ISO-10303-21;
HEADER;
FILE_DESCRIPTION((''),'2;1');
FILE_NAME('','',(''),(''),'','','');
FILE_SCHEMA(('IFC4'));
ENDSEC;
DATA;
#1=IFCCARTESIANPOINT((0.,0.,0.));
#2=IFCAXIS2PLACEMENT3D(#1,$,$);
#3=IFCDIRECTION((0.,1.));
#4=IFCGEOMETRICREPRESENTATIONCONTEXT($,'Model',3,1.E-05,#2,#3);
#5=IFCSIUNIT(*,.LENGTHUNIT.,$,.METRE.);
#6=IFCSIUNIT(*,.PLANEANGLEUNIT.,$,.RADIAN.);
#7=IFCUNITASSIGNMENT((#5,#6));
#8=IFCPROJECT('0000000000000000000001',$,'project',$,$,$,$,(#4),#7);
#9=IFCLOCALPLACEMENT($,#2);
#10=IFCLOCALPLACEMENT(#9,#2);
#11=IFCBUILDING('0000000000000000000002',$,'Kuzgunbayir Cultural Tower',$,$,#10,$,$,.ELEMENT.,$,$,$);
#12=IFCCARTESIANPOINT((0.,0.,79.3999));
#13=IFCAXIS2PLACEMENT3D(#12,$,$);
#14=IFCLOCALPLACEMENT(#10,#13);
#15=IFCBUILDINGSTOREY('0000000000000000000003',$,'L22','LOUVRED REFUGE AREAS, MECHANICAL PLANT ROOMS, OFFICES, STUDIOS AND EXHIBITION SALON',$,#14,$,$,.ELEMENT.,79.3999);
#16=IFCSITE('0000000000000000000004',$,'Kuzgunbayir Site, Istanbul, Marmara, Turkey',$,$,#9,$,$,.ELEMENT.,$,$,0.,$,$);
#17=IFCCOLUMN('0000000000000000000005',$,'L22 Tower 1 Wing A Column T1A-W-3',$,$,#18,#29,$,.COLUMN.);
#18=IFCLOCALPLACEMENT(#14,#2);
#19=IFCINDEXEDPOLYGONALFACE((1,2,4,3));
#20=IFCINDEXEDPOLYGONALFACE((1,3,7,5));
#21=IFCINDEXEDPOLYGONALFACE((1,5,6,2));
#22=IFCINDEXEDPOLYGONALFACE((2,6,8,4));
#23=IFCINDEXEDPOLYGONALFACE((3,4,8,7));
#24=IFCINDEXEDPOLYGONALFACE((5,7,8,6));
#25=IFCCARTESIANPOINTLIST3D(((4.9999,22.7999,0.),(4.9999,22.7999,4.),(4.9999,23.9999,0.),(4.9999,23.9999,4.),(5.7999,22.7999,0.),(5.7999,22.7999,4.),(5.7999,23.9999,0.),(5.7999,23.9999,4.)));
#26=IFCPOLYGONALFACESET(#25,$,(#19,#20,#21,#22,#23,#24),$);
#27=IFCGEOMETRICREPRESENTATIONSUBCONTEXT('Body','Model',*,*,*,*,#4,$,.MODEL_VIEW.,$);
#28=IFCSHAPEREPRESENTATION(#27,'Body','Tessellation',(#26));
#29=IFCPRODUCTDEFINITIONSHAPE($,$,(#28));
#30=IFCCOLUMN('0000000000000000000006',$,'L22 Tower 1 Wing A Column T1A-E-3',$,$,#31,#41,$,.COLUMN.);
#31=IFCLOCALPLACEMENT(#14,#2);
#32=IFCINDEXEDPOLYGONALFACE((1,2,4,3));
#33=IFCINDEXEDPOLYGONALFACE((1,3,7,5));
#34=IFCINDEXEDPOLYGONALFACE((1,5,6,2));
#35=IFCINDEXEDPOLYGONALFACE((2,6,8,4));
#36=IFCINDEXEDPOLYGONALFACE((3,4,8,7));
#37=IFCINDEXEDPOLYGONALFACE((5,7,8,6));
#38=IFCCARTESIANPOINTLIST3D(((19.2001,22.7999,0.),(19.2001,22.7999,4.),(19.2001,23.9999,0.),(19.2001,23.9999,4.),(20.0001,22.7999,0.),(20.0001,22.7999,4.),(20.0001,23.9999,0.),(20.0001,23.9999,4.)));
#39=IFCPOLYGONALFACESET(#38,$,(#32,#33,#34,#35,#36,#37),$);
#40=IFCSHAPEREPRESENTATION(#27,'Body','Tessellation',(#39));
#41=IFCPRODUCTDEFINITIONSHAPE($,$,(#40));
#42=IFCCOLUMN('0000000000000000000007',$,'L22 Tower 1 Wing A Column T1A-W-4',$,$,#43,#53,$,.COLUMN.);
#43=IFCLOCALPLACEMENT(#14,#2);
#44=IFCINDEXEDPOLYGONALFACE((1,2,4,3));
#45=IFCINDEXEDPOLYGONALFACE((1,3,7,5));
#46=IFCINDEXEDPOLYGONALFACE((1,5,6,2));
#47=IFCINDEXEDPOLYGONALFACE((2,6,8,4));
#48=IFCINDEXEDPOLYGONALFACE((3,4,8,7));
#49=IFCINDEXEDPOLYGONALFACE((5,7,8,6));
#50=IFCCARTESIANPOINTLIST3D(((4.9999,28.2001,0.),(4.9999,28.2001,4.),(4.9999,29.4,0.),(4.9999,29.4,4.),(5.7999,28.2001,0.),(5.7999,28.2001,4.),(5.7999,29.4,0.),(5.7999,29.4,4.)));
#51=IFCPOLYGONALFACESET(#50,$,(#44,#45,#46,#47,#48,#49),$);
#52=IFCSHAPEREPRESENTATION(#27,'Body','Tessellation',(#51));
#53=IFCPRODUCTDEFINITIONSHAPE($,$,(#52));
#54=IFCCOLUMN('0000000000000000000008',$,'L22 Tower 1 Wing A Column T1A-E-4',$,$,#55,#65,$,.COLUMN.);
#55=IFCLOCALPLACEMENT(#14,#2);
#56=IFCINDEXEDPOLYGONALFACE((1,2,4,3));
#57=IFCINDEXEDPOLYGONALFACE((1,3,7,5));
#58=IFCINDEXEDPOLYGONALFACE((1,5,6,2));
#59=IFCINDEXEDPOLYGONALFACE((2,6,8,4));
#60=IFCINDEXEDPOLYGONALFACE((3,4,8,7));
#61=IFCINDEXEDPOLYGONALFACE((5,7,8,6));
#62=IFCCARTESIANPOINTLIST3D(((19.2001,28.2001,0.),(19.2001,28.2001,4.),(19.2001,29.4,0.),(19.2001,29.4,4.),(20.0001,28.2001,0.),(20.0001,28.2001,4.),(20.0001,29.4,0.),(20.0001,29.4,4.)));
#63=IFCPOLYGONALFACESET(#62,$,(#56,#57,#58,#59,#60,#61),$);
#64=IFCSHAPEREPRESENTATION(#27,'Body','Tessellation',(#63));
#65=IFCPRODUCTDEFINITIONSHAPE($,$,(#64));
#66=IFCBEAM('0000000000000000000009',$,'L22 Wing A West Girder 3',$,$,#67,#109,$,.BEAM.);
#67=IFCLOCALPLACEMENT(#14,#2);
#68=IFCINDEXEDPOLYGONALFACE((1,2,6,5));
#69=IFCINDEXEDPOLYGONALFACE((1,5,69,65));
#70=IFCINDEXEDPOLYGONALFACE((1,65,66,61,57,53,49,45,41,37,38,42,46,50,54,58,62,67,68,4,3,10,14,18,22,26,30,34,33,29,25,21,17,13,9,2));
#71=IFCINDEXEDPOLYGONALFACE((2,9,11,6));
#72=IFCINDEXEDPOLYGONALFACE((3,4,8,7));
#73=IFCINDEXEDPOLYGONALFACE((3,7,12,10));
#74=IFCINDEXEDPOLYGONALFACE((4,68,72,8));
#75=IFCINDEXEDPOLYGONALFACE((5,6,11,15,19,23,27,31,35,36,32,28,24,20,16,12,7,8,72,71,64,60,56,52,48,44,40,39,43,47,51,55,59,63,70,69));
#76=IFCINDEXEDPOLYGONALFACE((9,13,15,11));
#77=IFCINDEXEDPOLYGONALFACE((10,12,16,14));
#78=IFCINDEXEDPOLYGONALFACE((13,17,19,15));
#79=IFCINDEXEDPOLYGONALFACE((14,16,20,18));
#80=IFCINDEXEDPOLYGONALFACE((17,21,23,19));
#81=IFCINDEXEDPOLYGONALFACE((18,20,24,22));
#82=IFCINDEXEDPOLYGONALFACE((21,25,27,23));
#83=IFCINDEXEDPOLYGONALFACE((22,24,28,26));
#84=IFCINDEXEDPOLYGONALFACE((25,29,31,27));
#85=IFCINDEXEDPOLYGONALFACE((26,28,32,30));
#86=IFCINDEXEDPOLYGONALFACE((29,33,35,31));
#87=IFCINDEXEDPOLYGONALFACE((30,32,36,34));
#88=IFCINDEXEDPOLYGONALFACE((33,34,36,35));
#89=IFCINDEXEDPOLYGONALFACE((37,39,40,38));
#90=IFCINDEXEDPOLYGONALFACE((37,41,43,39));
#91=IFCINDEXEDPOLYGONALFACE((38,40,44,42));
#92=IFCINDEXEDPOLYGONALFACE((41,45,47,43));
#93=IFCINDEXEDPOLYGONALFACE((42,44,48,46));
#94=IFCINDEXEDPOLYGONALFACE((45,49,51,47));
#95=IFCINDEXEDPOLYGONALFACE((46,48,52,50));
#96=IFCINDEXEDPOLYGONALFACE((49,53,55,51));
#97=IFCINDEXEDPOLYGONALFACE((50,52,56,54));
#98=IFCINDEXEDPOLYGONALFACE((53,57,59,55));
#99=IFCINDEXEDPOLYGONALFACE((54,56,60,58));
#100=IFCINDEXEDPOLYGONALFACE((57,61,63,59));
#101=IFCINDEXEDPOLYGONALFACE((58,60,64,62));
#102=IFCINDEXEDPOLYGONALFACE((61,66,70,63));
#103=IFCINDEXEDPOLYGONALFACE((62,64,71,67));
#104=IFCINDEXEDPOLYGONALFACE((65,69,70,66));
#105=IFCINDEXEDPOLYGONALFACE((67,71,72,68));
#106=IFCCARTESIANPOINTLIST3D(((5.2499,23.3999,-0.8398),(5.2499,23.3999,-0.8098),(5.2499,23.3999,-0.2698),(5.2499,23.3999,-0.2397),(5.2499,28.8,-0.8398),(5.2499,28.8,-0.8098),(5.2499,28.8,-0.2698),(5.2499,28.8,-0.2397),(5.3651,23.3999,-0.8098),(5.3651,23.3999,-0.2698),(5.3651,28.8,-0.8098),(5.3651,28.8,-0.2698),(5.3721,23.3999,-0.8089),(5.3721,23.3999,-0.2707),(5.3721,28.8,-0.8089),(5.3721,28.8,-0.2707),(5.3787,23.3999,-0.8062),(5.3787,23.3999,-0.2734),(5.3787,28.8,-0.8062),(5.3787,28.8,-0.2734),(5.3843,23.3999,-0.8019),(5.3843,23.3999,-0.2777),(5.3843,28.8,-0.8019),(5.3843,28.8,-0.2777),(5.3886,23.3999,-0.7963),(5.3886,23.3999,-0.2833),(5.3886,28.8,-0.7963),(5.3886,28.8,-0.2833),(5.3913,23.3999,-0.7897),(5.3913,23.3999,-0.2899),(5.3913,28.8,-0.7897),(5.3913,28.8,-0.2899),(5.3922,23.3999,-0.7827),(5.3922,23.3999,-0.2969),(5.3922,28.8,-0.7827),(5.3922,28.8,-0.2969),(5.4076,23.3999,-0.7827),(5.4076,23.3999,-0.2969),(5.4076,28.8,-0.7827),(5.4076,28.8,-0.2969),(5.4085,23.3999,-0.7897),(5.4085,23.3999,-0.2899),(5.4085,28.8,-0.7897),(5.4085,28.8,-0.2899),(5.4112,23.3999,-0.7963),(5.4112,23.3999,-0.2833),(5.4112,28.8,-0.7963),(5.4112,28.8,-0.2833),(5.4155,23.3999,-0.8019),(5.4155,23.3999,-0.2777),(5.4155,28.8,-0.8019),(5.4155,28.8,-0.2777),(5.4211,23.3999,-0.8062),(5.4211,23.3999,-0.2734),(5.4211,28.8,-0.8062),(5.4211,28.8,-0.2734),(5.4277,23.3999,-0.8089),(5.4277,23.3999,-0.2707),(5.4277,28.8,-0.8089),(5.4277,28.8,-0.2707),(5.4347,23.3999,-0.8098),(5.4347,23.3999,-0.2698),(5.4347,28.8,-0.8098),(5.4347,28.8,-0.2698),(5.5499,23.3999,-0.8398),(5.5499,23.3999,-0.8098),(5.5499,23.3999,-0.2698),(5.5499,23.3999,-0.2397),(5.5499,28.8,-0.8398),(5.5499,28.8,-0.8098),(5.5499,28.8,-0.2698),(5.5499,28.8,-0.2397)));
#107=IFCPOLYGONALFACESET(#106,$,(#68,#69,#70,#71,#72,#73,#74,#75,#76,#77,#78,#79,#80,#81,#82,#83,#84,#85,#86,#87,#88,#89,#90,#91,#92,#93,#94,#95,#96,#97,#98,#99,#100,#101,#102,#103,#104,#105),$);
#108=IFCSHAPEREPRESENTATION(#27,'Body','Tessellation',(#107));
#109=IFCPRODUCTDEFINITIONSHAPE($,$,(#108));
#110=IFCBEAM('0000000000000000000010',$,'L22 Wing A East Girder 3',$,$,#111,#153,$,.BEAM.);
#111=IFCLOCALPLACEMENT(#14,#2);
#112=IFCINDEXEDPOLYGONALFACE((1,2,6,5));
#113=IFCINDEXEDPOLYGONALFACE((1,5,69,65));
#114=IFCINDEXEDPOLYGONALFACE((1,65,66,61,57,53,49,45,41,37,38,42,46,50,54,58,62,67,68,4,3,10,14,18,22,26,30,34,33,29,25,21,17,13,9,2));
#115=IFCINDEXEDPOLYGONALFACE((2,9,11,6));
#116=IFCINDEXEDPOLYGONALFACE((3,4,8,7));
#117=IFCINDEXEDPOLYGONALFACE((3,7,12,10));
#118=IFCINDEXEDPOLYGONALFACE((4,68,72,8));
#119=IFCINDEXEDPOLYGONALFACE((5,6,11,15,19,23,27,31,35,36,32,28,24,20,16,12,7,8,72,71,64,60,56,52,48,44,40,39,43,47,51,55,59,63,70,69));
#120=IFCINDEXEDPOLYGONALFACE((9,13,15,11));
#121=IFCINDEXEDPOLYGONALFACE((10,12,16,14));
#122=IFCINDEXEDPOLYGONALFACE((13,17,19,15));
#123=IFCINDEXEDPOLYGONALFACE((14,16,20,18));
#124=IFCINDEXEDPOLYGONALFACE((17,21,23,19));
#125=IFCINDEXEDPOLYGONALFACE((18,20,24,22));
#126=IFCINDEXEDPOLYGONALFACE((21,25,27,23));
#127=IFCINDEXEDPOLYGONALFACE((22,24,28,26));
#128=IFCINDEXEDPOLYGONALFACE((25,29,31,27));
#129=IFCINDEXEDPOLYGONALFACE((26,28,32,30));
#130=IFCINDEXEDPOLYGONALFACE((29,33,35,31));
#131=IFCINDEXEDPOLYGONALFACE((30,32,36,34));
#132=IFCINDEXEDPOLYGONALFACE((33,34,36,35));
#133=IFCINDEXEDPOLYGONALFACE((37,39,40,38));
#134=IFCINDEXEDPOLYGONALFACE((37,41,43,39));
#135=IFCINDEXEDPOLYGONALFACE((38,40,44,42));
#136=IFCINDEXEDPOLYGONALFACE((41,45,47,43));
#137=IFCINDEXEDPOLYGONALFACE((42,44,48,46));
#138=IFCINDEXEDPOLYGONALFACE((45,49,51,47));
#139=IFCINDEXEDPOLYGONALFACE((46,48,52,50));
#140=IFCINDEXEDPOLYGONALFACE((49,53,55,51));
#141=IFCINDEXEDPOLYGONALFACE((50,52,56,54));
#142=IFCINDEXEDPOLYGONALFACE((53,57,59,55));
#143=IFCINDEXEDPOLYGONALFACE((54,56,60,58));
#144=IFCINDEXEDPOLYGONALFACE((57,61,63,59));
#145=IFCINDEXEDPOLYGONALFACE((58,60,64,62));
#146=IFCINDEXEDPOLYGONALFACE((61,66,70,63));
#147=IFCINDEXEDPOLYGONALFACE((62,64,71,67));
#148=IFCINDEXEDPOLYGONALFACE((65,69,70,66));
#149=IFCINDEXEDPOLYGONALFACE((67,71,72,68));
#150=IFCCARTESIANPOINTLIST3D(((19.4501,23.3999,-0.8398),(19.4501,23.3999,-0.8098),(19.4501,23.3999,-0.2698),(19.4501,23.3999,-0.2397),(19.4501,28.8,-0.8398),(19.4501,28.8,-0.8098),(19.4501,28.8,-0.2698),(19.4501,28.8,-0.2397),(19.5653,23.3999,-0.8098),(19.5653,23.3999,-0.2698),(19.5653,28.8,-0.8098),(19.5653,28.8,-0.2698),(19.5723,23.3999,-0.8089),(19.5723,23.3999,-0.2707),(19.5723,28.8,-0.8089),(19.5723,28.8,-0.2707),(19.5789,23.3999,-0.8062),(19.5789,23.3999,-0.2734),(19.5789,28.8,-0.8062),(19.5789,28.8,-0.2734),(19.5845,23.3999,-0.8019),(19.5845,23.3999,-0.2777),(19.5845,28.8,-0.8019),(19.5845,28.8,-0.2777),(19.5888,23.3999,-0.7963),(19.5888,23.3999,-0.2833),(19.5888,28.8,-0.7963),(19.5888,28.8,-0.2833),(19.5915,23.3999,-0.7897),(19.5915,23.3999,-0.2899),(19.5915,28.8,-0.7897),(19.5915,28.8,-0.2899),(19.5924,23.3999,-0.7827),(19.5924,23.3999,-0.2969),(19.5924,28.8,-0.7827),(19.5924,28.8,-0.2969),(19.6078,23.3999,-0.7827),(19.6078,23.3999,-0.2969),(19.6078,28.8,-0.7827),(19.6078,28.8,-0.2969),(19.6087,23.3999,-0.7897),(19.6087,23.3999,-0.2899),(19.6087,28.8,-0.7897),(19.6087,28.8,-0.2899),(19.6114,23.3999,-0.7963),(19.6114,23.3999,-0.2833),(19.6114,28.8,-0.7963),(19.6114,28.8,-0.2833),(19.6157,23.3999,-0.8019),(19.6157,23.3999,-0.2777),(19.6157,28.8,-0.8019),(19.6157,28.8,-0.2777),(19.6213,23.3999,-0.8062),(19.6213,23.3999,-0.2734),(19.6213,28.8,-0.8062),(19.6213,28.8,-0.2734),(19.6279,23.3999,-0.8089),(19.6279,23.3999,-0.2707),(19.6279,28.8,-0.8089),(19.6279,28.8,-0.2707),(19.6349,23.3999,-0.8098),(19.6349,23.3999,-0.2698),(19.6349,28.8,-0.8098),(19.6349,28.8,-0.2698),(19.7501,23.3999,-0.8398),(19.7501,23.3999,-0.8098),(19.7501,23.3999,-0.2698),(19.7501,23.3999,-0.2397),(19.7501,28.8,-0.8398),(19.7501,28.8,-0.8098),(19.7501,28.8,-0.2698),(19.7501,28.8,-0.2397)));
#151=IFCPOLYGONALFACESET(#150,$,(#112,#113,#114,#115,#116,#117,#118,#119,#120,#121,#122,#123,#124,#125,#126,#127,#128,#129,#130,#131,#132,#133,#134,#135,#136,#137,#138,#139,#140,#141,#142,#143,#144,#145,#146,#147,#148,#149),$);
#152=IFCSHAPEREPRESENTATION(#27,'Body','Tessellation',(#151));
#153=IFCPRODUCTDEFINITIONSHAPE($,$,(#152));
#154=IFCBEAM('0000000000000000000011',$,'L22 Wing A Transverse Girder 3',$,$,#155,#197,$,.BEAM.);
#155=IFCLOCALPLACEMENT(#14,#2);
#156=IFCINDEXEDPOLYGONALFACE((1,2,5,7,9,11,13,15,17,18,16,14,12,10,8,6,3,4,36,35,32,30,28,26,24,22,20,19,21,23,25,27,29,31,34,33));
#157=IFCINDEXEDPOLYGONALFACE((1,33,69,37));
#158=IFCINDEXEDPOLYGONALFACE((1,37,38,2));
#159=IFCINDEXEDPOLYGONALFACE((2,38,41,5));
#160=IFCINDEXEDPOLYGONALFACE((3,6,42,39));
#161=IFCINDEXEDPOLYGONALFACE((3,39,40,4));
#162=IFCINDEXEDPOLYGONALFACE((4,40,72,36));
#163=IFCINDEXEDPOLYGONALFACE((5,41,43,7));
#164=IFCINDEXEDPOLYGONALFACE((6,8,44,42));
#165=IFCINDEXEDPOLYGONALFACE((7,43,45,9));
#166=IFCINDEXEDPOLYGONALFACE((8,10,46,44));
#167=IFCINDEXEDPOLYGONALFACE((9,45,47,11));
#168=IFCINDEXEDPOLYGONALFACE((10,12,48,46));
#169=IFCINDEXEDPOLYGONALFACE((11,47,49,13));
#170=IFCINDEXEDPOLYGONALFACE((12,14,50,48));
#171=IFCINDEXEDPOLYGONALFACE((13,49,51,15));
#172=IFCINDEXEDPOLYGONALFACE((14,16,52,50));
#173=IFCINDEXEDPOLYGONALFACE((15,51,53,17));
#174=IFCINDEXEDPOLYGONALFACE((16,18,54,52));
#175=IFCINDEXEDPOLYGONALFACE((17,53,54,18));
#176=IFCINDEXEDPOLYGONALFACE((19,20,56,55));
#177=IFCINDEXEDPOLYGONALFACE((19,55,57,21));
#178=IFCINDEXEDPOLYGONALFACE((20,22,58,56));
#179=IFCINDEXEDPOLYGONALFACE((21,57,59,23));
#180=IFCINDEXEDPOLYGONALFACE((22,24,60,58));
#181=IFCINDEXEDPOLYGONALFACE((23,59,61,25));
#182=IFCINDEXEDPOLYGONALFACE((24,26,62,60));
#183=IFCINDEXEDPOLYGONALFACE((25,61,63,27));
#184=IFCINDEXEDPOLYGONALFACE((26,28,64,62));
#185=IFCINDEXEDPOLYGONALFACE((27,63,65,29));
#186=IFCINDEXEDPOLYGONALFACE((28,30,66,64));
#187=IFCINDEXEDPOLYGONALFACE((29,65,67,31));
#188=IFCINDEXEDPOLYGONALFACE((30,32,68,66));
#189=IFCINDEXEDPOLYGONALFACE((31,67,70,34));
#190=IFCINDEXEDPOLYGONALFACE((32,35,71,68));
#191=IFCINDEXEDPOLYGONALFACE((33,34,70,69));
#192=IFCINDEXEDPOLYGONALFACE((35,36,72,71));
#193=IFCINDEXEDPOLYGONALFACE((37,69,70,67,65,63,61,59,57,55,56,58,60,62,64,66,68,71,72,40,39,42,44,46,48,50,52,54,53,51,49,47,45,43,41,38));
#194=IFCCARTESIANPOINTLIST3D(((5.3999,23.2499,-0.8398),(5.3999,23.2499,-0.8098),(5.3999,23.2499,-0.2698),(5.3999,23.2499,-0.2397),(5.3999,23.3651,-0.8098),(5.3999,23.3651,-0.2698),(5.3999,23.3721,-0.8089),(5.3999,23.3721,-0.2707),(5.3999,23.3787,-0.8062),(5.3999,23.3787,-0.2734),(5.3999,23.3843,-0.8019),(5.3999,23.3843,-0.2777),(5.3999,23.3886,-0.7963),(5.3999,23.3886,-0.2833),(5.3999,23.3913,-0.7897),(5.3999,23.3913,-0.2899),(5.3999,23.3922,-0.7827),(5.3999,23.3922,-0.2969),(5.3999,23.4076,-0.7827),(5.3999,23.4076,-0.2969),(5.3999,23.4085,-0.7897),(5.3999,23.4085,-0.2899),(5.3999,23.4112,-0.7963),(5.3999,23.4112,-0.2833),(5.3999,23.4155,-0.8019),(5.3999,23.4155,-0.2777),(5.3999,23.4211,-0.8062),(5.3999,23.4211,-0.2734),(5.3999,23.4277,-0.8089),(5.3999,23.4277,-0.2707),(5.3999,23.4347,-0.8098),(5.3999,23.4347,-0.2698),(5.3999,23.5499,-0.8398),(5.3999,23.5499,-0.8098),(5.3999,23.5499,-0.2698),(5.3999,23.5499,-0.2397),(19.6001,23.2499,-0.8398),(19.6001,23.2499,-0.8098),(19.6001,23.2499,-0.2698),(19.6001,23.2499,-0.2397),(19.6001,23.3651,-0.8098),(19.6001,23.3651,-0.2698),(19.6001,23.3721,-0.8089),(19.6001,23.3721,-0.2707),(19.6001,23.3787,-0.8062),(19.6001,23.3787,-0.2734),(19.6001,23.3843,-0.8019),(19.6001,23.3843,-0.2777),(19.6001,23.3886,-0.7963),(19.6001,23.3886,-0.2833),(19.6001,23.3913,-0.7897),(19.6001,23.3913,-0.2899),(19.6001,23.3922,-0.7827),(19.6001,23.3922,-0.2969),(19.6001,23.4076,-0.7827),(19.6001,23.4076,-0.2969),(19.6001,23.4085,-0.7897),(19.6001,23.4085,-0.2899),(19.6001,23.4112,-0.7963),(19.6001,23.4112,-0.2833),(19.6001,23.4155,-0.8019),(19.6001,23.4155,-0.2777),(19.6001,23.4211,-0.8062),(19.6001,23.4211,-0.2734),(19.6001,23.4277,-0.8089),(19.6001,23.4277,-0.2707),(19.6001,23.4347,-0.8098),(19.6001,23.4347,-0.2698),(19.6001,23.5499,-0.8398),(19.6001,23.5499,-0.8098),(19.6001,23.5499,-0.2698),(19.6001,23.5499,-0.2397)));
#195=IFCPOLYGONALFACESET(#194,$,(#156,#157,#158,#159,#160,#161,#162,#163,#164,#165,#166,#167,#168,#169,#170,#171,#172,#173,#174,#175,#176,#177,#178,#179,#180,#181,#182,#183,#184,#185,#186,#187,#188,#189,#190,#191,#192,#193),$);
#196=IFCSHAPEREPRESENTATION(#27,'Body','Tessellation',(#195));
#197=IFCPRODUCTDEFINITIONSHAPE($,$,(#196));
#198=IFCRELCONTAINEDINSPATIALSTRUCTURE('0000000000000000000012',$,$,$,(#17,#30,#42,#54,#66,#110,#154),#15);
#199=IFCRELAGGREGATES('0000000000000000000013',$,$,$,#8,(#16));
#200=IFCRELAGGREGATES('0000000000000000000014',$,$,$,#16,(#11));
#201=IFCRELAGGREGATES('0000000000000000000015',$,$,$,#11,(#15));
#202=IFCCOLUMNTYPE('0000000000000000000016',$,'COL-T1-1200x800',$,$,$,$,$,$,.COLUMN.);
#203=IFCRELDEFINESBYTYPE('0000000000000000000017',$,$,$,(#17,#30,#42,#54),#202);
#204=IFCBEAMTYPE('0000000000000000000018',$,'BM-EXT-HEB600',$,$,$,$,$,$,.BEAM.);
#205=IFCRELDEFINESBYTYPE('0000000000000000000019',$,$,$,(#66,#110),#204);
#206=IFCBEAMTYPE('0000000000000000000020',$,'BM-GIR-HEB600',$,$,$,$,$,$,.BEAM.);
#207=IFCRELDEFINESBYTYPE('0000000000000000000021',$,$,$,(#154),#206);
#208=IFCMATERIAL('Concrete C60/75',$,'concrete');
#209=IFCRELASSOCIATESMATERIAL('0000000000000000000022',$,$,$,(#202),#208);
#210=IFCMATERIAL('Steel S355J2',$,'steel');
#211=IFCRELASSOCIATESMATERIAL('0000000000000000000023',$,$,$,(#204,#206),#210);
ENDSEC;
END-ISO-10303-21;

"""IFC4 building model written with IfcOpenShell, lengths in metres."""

from ifc_helpers import new_model, si_unit, direction, frame, origin, origin_2d, place, context, subcontext, project, spatial, rectangle, i_section, extrude, material, material_profile, profile_set, type_object, element, save


model = new_model("IFC4")

# Units and contexts
model_context = context("Model", 3, precision=1e-05, world=origin(), true_north=direction((0.0, 1.0)))
body_context = subcontext(model_context, "Body", "Model", "MODEL_VIEW")
ifc_project = project(units=[si_unit("LENGTHUNIT", "METRE"), si_unit("PLANEANGLEUNIT", "RADIAN")], contexts=[model_context])

# Site, building, storey
site_placement = place(None, origin())
site = spatial("IfcSite", under=ifc_project, at=site_placement, Name="Kuzgunbayir Site, Istanbul, Marmara, Turkey", CompositionType="ELEMENT", RefElevation=0.0)
building_placement = place(site_placement, origin())
building = spatial("IfcBuilding", under=site, at=building_placement, Name="Kuzgunbayir Cultural Tower", CompositionType="ELEMENT")
storey_placement = place(building_placement, frame((0.0, 0.0, 79.3999)))
storey = spatial("IfcBuildingStorey", under=building, at=storey_placement, Name="L22", Description="LOUVRED REFUGE AREAS, MECHANICAL PLANT ROOMS, OFFICES, STUDIOS AND EXHIBITION SALON", CompositionType="ELEMENT", Elevation=79.3999)

# Columns
ifc_material_1 = material(Name="Concrete C60/75", Category="concrete")
ifc_material_profile_1 = material_profile(ifc_material_1, rectangle(XDim=0.8, YDim=1.2, at=origin_2d()), Name="RC 1200x800")
ifc_profile_set_1 = profile_set([ifc_material_profile_1], Name="Concrete C60/75")
column_type = type_object("IfcColumnType", Name="COL-T1-1200x800", PredefinedType="COLUMN", material=ifc_profile_set_1)
for number, where, z_axis, x_axis, name in (
    (1, (5.3999, 23.3999, 0.0), (0.0, 0.0, 1.0), (1.0, 0.0, 0.0), "L22 Tower 1 Wing A Column T1A-W-3"),
    (2, (19.6001, 23.3999, 0.0), (0.0, 0.0, 1.0), (1.0, 0.0, 0.0), "L22 Tower 1 Wing A Column T1A-E-3"),
    (3, (5.3999, 28.8, 0.0), (0.0, 0.0, 1.0), (1.0, 0.0, 0.0), "L22 Tower 1 Wing A Column T1A-W-4"),
    (4, (19.6001, 28.8, 0.0), (0.0, 0.0, 1.0), (1.0, 0.0, 0.0), "L22 Tower 1 Wing A Column T1A-E-4"),
):
    element("IfcColumn", number, at=place(storey_placement, frame(where, z_axis=z_axis, x_axis=x_axis)), inside=storey, type_object=column_type, Name=name, PredefinedType="COLUMN", context=body_context, shape_type="SweptSolid", body=[
        extrude(rectangle(XDim=0.8, YDim=1.2, at=origin_2d()), origin(), (0.0, 0.0, 1.0), 4.0),
    ])

# Beams
ifc_material_2 = material(Name="Steel S355J2", Category="steel")
ifc_material_profile_2 = material_profile(ifc_material_2, i_section(OverallWidth=0.3, OverallDepth=0.6001, WebThickness=0.0154, FlangeThickness=0.03, FilletRadius=0.0271, at=origin_2d()), Name="HEB 600")
ifc_profile_set_2 = profile_set([ifc_material_profile_2], Name="Steel S355J2")
beam_type_1 = type_object("IfcBeamType", Name="BM-EXT-HEB600", PredefinedType="BEAM", material=ifc_profile_set_2)
for number, where, z_axis, x_axis, name in (
    (5, (5.3999, 23.3999, -0.5398), (0.0, 1.0, 0.0), (-1.0, 0.0, 0.0), "L22 Wing A West Girder 3"),
    (6, (19.6001, 23.3999, -0.5398), (0.0, 1.0, 0.0), (-1.0, 0.0, 0.0), "L22 Wing A East Girder 3"),
):
    element("IfcBeam", number, at=place(storey_placement, frame(where, z_axis=z_axis, x_axis=x_axis)), inside=storey, type_object=beam_type_1, Name=name, PredefinedType="BEAM", context=body_context, shape_type="SweptSolid", body=[
        extrude(i_section(OverallWidth=0.3, OverallDepth=0.6001, WebThickness=0.0154, FlangeThickness=0.03, FilletRadius=0.0271, at=origin_2d()), origin(), (0.0, 0.0, 1.0), 5.4001),
    ])
ifc_material_profile_3 = material_profile(ifc_material_2, i_section(OverallWidth=0.3, OverallDepth=0.6001, WebThickness=0.0154, FlangeThickness=0.03, FilletRadius=0.0271, at=origin_2d()), Name="HEB 600")
ifc_profile_set_3 = profile_set([ifc_material_profile_3], Name="Steel S355J2")
beam_type_2 = type_object("IfcBeamType", Name="BM-GIR-HEB600", PredefinedType="BEAM", material=ifc_profile_set_3)
for number, where, z_axis, x_axis, name in (
    (7, (5.3999, 23.3999, -0.5398), (1.0, 0.0, 0.0), (0.0, 1.0, 0.0), "L22 Wing A Transverse Girder 3"),
):
    element("IfcBeam", number, at=place(storey_placement, frame(where, z_axis=z_axis, x_axis=x_axis)), inside=storey, type_object=beam_type_2, Name=name, PredefinedType="BEAM", context=body_context, shape_type="SweptSolid", body=[
        extrude(i_section(OverallWidth=0.3, OverallDepth=0.6001, WebThickness=0.0154, FlangeThickness=0.03, FilletRadius=0.0271, at=origin_2d()), origin(), (0.0, 0.0, 1.0), 14.2002),
    ])

save(model, "model.ifc")
